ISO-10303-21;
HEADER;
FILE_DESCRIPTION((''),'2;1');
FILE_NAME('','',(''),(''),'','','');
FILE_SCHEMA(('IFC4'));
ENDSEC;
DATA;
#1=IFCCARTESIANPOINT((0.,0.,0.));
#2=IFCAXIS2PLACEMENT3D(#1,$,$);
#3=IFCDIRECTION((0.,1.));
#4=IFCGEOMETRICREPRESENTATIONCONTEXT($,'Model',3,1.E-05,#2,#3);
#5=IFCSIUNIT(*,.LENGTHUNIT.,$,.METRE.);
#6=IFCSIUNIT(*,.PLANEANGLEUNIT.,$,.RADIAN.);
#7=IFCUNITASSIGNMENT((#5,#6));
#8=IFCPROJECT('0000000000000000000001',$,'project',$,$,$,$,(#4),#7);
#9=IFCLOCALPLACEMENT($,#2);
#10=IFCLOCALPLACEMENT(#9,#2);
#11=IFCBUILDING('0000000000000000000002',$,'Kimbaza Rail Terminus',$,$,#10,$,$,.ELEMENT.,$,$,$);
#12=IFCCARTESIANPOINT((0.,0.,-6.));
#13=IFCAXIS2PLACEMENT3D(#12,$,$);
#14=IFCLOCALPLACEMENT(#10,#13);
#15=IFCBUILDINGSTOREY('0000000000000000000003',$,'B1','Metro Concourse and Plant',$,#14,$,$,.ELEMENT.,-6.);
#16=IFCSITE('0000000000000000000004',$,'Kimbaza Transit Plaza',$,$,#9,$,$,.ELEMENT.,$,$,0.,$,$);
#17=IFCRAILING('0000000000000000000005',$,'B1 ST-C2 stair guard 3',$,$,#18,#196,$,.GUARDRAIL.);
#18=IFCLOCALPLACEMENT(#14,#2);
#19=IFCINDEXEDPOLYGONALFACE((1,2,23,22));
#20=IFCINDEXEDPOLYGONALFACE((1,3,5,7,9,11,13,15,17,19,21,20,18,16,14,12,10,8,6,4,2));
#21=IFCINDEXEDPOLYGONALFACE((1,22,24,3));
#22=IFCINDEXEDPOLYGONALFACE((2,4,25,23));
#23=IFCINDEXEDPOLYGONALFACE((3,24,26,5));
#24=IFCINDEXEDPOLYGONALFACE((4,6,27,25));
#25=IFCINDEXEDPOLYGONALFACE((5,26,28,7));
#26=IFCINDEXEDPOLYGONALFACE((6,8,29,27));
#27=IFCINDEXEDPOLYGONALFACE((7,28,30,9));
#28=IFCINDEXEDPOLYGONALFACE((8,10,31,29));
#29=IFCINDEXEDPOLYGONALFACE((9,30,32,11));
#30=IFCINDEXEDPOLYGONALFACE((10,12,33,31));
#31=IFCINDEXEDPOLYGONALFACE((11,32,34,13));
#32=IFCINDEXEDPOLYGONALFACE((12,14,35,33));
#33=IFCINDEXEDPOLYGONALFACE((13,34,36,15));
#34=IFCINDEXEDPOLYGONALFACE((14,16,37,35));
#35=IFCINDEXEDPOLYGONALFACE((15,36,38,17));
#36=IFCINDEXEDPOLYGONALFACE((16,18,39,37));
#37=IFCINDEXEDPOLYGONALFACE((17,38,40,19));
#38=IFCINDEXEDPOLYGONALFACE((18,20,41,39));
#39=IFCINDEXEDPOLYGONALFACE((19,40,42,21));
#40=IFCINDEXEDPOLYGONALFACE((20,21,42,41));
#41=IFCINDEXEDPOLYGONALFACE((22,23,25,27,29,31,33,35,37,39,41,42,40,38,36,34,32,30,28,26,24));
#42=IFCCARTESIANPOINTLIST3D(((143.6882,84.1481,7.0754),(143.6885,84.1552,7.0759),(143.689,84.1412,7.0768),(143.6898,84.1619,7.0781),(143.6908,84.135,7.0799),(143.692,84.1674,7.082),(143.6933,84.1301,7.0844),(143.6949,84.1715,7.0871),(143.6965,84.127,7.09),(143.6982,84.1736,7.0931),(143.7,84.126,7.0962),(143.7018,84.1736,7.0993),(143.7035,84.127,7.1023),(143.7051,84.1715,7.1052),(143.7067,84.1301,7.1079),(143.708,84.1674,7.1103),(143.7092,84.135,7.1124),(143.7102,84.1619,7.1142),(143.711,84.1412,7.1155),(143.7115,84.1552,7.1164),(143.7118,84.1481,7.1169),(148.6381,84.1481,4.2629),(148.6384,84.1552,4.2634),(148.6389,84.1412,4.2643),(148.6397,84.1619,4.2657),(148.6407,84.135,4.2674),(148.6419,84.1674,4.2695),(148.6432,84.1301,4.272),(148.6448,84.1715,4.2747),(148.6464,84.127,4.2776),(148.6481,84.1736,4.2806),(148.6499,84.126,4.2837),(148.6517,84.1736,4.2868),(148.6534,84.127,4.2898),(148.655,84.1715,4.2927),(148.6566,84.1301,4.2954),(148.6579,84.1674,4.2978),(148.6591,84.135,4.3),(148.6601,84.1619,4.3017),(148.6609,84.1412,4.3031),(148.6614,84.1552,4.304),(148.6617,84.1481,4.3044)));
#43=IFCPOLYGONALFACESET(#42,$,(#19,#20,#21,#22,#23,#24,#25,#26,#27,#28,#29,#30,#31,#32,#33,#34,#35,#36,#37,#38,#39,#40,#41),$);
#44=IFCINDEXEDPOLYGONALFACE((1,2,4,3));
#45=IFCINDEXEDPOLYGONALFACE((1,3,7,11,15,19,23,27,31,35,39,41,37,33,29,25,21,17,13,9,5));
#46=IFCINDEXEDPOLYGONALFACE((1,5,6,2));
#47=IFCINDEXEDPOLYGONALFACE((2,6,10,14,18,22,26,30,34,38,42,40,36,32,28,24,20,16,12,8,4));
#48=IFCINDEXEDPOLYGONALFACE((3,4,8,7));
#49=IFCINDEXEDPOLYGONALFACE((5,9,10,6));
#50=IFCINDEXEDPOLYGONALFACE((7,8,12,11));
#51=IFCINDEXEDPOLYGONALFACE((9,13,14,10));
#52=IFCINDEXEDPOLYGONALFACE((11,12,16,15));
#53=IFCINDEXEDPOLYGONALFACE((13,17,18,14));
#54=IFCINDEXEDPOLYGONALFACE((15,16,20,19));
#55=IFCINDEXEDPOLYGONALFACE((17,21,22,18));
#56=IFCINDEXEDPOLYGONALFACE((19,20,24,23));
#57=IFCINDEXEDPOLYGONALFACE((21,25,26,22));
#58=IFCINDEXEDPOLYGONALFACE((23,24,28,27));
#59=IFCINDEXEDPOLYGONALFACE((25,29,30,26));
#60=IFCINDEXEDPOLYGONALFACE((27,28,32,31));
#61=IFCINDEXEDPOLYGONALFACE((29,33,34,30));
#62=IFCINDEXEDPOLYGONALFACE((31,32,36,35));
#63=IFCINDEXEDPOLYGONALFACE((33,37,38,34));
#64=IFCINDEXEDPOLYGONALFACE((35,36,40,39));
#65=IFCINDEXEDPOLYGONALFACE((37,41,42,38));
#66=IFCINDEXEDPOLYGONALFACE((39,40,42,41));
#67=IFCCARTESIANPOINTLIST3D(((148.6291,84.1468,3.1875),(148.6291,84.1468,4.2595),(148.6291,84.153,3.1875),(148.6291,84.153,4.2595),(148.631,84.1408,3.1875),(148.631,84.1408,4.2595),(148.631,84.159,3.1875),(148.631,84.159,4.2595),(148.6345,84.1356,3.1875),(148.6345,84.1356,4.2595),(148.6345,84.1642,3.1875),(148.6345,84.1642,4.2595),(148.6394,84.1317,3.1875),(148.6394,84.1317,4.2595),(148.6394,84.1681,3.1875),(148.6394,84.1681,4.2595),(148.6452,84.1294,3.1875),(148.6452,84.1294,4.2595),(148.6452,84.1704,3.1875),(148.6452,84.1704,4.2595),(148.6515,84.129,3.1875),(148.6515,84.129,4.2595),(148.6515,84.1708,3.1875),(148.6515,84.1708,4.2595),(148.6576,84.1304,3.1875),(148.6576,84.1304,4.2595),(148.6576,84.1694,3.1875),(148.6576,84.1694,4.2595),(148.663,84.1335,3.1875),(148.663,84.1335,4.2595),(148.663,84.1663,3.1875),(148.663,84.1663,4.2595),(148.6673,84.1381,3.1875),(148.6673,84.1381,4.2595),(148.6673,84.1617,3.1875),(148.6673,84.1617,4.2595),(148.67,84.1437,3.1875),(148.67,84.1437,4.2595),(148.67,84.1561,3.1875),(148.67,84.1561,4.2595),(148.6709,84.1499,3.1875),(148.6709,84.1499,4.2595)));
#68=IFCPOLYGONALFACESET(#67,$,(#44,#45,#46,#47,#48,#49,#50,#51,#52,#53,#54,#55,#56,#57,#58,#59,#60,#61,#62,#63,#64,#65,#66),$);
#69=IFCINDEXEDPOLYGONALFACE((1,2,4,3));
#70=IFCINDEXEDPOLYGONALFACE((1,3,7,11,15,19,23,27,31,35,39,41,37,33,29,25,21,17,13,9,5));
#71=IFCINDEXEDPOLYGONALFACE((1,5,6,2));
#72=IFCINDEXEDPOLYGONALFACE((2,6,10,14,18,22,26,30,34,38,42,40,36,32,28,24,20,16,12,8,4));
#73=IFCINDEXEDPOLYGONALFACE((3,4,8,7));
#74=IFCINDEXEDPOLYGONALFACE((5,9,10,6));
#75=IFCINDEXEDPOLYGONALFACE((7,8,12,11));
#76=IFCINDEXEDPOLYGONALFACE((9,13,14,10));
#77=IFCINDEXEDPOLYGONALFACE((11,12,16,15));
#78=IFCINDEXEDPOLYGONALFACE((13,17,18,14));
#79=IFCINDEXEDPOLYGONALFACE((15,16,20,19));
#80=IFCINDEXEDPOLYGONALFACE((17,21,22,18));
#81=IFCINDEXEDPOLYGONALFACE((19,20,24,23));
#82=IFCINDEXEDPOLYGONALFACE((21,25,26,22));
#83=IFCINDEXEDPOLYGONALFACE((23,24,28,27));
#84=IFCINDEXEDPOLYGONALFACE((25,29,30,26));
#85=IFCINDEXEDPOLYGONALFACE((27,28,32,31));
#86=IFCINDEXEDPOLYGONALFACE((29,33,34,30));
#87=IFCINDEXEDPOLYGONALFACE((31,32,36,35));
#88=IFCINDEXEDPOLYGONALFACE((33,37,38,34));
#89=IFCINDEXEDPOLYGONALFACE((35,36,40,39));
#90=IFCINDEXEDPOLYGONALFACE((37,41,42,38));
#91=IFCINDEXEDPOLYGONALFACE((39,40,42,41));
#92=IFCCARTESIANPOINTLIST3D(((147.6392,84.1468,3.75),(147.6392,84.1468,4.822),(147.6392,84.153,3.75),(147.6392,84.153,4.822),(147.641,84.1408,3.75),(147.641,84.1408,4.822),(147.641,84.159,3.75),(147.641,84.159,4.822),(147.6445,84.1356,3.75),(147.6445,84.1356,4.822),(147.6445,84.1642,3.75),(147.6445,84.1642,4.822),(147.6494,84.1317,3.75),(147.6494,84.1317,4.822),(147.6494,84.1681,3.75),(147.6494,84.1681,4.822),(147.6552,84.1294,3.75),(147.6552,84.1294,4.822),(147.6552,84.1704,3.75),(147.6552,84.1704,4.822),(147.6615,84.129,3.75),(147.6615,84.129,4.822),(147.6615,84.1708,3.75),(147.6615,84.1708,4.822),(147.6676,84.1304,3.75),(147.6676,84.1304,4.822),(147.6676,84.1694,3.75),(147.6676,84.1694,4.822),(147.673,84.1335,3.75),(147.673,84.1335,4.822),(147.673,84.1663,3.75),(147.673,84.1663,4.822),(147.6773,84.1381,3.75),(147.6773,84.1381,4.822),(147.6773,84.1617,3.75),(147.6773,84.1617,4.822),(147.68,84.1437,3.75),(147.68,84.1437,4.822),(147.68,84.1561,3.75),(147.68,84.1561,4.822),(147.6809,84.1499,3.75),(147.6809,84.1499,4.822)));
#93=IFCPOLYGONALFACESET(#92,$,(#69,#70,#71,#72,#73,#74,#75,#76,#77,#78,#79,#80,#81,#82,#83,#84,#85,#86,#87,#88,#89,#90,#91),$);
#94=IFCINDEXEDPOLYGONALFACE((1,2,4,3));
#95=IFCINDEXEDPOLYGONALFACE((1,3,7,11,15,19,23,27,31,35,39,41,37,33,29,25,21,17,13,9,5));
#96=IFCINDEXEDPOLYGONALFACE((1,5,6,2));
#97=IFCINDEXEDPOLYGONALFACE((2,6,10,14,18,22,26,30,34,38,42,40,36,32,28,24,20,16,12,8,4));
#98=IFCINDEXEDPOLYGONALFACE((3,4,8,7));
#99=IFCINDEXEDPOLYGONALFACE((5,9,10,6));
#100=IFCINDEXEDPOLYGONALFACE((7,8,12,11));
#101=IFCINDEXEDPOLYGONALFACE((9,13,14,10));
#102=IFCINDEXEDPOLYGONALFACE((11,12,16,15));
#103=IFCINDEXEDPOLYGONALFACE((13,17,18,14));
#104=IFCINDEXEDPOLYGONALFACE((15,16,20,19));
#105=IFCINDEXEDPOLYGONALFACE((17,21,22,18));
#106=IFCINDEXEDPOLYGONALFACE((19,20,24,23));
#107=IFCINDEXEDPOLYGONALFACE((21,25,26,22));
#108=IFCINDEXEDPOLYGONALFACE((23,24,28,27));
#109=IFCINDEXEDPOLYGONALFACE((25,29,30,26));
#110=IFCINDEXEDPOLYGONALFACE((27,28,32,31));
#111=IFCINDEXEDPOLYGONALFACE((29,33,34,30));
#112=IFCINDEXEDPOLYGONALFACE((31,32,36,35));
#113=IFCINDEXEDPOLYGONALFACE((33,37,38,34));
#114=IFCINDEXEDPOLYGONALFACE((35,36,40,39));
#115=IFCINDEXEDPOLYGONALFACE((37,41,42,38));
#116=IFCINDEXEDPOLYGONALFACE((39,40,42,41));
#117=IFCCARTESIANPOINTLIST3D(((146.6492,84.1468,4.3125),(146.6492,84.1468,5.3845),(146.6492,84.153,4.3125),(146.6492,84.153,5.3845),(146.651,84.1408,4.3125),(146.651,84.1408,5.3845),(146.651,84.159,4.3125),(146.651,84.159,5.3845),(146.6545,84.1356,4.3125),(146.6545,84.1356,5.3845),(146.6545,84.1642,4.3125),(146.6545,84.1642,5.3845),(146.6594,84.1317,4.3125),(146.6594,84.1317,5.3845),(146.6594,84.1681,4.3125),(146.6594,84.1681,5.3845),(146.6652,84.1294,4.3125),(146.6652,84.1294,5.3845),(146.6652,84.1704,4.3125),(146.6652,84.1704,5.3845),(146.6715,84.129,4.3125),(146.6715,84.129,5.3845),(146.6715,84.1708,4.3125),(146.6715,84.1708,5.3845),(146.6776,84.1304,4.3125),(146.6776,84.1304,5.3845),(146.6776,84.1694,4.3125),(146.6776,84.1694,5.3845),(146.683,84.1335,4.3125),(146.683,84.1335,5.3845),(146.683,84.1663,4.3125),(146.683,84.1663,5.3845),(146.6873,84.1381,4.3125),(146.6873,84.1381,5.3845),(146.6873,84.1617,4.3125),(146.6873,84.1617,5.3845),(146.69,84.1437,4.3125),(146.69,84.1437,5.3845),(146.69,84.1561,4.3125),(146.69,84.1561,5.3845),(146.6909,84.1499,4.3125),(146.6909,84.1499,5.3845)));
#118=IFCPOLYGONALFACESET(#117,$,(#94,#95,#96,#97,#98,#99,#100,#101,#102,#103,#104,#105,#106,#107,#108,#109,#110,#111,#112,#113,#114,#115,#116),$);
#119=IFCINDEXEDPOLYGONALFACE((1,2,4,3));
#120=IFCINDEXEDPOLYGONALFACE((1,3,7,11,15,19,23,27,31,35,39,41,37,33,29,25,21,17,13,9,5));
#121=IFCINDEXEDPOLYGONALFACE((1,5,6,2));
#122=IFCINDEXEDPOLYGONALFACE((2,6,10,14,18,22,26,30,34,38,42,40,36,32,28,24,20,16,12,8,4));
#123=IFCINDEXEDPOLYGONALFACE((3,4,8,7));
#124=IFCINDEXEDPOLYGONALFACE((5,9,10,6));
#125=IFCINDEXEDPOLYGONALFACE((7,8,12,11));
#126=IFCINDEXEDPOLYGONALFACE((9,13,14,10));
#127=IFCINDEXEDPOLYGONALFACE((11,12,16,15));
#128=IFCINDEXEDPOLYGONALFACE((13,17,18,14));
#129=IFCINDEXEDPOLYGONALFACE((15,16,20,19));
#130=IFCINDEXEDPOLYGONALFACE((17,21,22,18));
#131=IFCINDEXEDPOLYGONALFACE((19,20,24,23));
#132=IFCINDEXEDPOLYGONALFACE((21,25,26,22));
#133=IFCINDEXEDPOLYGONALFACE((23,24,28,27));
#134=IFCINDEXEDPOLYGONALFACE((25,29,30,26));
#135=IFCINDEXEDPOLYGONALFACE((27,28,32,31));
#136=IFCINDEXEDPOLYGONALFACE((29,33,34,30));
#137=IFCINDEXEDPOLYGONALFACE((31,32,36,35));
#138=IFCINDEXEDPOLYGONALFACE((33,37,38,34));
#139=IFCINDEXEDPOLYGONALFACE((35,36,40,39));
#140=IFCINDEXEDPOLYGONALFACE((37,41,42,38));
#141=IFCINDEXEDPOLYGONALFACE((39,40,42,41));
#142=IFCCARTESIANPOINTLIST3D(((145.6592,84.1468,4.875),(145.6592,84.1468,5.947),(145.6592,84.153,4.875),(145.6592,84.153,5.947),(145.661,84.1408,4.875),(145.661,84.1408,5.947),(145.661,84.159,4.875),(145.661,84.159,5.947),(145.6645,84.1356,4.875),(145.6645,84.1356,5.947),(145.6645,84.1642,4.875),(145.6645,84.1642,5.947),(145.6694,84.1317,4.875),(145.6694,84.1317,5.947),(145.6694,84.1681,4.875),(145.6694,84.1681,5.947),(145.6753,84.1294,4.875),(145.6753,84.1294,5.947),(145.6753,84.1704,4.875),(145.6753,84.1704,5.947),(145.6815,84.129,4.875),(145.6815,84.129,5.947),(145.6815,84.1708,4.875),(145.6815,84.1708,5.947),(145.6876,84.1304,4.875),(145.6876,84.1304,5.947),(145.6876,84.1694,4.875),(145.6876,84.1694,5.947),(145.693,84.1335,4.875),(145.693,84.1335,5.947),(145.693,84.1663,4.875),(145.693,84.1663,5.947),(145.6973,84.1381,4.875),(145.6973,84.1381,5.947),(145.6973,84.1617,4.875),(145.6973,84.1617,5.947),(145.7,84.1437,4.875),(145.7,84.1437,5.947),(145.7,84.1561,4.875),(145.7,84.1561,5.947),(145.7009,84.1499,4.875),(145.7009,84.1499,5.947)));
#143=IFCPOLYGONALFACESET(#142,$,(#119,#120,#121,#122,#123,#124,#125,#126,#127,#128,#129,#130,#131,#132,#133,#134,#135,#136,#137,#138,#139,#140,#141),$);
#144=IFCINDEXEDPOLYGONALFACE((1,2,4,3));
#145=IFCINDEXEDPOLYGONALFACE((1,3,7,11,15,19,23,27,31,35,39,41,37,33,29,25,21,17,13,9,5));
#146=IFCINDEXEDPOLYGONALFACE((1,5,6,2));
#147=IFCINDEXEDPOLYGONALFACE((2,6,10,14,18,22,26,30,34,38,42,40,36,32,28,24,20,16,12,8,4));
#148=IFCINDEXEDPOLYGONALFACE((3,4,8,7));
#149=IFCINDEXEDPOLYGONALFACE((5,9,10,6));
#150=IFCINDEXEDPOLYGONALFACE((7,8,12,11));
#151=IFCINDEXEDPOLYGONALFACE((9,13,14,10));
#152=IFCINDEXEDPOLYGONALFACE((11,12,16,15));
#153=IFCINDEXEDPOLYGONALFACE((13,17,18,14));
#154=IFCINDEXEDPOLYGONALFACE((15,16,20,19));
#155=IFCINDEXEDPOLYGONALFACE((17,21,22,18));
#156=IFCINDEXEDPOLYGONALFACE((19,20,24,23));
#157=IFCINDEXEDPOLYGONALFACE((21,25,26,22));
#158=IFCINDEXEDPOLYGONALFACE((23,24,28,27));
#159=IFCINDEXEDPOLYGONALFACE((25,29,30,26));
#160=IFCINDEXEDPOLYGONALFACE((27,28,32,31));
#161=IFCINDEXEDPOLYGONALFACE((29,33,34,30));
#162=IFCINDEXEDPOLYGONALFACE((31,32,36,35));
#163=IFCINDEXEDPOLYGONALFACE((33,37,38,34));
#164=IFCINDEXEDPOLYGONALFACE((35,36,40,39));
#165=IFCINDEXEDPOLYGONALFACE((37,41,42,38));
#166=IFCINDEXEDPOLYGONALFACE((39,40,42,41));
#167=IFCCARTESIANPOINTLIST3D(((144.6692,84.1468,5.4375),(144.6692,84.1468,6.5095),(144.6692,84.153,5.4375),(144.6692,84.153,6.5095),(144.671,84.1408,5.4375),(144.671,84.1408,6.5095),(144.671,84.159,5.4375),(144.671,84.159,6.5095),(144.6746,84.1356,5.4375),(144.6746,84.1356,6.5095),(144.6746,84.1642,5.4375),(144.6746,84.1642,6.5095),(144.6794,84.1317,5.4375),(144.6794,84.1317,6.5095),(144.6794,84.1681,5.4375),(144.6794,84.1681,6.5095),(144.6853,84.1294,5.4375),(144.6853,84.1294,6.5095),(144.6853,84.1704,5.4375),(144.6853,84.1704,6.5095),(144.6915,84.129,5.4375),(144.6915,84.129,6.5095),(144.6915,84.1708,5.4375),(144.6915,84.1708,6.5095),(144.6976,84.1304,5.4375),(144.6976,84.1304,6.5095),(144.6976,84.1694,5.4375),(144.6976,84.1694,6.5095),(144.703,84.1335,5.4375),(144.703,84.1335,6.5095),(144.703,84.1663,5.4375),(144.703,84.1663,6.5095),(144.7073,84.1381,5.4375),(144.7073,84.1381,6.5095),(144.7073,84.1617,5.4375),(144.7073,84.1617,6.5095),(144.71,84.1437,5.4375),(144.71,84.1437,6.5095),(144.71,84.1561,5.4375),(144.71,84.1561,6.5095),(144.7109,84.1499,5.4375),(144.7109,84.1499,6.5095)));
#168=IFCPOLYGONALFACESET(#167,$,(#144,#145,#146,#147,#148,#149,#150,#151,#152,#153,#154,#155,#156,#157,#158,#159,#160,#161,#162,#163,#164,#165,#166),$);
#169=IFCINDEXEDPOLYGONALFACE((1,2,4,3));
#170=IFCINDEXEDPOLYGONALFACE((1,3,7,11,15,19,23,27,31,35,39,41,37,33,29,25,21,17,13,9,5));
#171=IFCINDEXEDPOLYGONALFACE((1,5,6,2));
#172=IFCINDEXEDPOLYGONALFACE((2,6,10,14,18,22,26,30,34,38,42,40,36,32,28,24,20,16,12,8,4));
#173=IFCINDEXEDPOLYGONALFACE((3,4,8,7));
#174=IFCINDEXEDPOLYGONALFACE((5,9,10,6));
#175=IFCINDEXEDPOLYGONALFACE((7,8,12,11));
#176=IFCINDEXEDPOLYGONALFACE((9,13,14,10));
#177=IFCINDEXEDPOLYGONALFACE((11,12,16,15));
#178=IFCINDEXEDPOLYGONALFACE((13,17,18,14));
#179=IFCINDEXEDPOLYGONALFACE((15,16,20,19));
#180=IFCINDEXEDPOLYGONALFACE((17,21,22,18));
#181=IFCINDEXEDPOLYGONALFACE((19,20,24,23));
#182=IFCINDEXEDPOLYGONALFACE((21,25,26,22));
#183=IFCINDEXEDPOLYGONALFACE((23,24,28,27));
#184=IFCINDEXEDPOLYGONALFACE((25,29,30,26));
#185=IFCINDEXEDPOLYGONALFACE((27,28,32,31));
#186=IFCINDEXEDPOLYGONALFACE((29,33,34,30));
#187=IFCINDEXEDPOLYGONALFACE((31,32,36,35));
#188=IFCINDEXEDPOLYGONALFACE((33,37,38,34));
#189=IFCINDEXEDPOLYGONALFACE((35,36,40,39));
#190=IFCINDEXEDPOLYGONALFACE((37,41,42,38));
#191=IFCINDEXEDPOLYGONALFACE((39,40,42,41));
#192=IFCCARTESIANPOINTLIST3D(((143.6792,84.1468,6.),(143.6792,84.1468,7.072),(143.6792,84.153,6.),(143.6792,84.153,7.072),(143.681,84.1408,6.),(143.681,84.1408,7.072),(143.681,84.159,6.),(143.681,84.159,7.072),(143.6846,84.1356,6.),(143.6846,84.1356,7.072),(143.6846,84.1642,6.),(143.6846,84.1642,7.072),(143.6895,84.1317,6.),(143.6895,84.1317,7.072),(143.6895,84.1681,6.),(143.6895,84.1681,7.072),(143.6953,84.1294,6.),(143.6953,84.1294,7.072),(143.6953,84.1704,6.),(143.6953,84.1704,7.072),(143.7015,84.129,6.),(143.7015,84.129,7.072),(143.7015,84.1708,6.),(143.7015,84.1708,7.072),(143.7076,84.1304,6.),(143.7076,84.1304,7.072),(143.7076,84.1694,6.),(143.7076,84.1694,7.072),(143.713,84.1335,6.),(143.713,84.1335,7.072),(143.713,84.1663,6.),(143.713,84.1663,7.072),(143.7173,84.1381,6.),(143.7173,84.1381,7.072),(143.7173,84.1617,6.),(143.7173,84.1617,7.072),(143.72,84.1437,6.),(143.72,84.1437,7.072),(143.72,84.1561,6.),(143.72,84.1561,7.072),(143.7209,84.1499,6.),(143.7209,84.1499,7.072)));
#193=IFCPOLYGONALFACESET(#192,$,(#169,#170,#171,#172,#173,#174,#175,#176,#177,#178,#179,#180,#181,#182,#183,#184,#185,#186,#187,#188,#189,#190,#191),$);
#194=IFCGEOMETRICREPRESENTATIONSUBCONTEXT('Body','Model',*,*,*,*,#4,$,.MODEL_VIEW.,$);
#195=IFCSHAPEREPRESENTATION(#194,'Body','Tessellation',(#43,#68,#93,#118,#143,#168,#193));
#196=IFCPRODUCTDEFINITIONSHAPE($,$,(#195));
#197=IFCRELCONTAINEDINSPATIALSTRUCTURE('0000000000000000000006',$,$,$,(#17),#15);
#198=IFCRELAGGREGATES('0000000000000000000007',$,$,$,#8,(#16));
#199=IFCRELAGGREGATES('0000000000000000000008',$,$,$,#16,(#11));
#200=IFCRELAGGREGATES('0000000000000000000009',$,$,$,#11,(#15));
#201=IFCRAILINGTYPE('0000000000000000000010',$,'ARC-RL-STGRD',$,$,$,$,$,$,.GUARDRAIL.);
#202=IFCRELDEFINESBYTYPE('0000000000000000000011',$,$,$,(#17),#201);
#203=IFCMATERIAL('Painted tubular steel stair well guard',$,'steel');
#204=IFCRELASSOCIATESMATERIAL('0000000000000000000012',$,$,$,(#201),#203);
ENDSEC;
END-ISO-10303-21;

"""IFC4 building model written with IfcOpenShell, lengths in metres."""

from ifc_helpers import new_model, si_unit, direction, frame, origin, origin_2d, place, context, subcontext, project, spatial, circle, extrude, material, type_object, element, save


model = new_model("IFC4")

# Units and contexts
model_context = context("Model", 3, precision=1e-05, world=origin(), true_north=direction((0.0, 1.0)))
body_context = subcontext(model_context, "Body", "Model", "MODEL_VIEW")
ifc_project = project(units=[si_unit("LENGTHUNIT", "METRE"), si_unit("PLANEANGLEUNIT", "RADIAN")], contexts=[model_context])

# Site, building, storey
site_placement = place(None, origin())
site = spatial("IfcSite", under=ifc_project, at=site_placement, Name="Kimbaza Transit Plaza", CompositionType="ELEMENT", RefElevation=0.0)
building_placement = place(site_placement, origin())
building = spatial("IfcBuilding", under=site, at=building_placement, Name="Kimbaza Rail Terminus", CompositionType="ELEMENT")
storey_placement = place(building_placement, frame((0.0, 0.0, -6.0)))
storey = spatial("IfcBuildingStorey", under=building, at=storey_placement, Name="B1", Description="Metro Concourse and Plant", CompositionType="ELEMENT", Elevation=-6.0)

# Railing
ifc_material_1 = material(Name="Painted tubular steel stair well guard", Category="steel")
railing_type_1 = type_object("IfcRailingType", Name="ARC-RL-STGRD", PredefinedType="GUARDRAIL", material=ifc_material_1)
railing_1_placement = place(storey_placement, frame((148.6499, 84.1499, 3.1875)))
element("IfcRailing", 1, at=railing_1_placement, inside=storey, type_object=railing_type_1, Name="B1 ST-C2 stair guard 3", PredefinedType="GUARDRAIL", context=body_context, shape_type="SweptSolid", body=[
    extrude(circle(Radius=0.0239, at=origin_2d()), frame((0.0, 0.0, 1.0962), z_axis=(-0.869454, 0.0, 0.494013), x_axis=(0.0, -1.0, 0.0)), (0.0, 0.0, 1.0), 5.6931),
    extrude(circle(Radius=0.021, at=origin_2d()), origin(), (0.0, 0.0, 1.0), 1.072),
    extrude(circle(Radius=0.021, at=origin_2d()), frame((-0.99, 0.0, 0.5625)), (0.0, 0.0, 1.0), 1.072),
    extrude(circle(Radius=0.021, at=origin_2d()), frame((-1.98, 0.0, 1.125)), (0.0, 0.0, 1.0), 1.072),
    extrude(circle(Radius=0.021, at=origin_2d()), frame((-2.97, 0.0, 1.6875)), (0.0, 0.0, 1.0), 1.072),
    extrude(circle(Radius=0.021, at=origin_2d()), frame((-3.96, 0.0, 2.25)), (0.0, 0.0, 1.0), 1.072),
    extrude(circle(Radius=0.021, at=origin_2d()), frame((-4.95, 0.0, 2.8125)), (0.0, 0.0, 1.0), 1.072),
])

save(model, "model.ifc")
